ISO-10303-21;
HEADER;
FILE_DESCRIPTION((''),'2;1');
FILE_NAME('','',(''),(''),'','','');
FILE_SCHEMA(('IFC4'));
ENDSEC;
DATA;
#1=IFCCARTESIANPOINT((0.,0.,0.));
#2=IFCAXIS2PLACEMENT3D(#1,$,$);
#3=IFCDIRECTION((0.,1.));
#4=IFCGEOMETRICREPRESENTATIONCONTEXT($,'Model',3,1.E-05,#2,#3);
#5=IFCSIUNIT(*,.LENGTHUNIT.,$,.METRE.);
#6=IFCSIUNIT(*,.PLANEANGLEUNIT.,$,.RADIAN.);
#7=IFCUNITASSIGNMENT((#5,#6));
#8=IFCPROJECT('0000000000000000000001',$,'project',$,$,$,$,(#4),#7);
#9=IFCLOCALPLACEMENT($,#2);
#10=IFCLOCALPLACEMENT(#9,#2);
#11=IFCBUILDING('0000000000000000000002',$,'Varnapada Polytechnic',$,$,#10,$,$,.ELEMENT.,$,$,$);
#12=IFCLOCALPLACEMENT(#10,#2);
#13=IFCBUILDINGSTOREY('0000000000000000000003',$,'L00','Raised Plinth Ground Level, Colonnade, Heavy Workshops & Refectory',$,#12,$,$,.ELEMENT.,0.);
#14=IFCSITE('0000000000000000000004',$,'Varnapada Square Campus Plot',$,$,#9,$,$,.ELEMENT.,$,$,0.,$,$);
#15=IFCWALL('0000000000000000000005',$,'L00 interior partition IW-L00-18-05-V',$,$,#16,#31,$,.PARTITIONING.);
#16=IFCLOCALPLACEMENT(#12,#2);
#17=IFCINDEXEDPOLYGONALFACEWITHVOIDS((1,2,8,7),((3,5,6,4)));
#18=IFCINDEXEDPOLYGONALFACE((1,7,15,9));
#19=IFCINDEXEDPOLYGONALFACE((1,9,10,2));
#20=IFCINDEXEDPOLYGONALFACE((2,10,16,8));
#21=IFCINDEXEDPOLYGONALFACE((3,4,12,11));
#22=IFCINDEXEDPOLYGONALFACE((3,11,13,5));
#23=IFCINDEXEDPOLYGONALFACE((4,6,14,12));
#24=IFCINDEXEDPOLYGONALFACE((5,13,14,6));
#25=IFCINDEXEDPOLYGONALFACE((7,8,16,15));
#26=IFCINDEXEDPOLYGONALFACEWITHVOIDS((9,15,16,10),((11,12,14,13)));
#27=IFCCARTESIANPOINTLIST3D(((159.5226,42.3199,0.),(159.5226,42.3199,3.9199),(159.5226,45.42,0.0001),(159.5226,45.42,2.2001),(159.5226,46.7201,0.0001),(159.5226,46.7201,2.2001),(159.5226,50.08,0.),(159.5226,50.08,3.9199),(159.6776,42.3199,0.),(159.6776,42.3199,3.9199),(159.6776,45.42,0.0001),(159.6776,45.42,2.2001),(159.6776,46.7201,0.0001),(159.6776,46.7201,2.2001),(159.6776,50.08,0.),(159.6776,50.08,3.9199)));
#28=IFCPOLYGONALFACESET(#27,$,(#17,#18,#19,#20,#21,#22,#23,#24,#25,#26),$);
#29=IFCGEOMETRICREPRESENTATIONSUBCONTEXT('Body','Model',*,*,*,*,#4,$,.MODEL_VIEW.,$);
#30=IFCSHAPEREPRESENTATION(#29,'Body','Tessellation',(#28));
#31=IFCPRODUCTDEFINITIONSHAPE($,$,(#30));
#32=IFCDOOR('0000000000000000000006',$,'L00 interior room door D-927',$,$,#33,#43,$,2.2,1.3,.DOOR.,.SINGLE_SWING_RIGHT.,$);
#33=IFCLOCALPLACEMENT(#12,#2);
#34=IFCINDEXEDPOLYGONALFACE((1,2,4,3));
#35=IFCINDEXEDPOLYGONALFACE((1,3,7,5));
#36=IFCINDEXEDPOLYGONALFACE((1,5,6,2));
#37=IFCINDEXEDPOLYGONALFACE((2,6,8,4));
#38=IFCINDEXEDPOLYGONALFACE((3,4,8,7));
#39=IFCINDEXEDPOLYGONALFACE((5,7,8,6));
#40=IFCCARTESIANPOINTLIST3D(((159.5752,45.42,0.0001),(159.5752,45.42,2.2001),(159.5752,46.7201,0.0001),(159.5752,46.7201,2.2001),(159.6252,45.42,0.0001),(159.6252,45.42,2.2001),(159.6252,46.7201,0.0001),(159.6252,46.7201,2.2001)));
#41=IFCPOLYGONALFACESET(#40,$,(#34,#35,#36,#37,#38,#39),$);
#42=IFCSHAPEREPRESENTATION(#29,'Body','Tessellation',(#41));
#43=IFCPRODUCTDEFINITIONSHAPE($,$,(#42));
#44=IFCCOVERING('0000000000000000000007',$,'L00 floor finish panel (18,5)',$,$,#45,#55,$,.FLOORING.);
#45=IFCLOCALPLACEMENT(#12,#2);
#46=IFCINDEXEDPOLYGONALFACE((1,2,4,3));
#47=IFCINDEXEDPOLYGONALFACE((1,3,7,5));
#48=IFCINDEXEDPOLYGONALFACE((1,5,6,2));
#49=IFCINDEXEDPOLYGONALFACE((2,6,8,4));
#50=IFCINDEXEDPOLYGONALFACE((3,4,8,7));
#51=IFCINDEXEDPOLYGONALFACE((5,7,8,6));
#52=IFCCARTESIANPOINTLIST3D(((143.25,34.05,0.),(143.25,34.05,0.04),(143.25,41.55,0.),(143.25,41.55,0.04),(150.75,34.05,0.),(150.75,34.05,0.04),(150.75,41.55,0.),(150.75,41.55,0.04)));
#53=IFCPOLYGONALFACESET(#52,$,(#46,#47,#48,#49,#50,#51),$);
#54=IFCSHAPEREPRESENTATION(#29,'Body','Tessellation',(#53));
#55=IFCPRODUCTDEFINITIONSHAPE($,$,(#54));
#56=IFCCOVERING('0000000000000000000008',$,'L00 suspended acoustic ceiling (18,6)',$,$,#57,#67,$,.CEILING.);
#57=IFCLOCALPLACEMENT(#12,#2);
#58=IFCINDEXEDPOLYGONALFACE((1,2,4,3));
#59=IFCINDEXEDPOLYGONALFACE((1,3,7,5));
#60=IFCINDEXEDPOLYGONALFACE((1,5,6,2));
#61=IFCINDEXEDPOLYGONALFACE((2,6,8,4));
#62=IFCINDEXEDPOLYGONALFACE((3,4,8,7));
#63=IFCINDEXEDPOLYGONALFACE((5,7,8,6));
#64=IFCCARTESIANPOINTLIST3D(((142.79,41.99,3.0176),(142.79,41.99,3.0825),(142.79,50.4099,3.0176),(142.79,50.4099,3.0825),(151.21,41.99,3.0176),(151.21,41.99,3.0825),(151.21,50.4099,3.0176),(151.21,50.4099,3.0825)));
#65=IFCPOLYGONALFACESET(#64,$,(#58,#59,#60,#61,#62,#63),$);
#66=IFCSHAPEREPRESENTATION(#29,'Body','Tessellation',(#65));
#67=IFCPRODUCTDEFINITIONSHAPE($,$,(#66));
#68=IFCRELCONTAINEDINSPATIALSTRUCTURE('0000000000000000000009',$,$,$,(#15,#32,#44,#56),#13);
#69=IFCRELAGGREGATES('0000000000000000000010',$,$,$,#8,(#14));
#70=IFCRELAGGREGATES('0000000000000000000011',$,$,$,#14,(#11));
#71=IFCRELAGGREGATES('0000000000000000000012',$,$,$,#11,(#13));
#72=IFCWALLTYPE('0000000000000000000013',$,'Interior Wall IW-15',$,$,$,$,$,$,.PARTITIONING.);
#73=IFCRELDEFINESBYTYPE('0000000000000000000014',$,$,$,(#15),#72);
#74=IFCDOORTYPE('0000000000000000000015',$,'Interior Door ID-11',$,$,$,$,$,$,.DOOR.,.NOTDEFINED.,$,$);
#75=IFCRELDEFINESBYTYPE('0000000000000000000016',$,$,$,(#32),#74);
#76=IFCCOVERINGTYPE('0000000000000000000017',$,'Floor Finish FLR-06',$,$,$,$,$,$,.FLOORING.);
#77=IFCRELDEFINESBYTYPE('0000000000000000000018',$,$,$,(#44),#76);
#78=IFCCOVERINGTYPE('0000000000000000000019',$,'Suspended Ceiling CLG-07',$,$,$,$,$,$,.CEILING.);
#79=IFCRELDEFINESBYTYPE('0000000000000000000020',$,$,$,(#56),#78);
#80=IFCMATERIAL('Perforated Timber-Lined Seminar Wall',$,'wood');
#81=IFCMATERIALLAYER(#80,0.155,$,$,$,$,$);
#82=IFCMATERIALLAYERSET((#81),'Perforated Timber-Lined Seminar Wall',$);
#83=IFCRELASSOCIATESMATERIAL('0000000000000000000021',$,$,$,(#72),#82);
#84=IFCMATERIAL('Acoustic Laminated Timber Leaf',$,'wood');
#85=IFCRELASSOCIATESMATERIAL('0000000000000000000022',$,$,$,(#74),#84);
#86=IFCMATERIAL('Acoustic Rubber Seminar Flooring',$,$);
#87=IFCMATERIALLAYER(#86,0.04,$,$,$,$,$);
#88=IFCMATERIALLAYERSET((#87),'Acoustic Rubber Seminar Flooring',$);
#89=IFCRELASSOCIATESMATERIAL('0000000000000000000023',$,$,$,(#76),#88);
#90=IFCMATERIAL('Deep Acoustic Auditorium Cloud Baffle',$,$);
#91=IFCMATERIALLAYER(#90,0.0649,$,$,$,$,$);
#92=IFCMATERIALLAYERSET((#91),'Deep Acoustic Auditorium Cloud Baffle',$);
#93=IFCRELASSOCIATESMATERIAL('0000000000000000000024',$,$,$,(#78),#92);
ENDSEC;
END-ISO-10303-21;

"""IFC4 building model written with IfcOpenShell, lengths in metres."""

from ifc_helpers import new_model, si_unit, direction, frame, frame_2d, origin, origin_2d, place, context, subcontext, project, spatial, rectangle, extrude, material, layer, layer_set, type_object, element, fill, save


model = new_model("IFC4")

# Units and contexts
model_context = context("Model", 3, precision=1e-05, world=origin(), true_north=direction((0.0, 1.0)))
body_context = subcontext(model_context, "Body", "Model", "MODEL_VIEW")
ifc_project = project(units=[si_unit("LENGTHUNIT", "METRE"), si_unit("PLANEANGLEUNIT", "RADIAN")], contexts=[model_context])

# Site, building, storey
site_placement = place(None, origin())
site = spatial("IfcSite", under=ifc_project, at=site_placement, Name="Varnapada Square Campus Plot", CompositionType="ELEMENT", RefElevation=0.0)
building_placement = place(site_placement, origin())
building = spatial("IfcBuilding", under=site, at=building_placement, Name="Varnapada Polytechnic", CompositionType="ELEMENT")
storey_placement = place(building_placement, origin())
storey = spatial("IfcBuildingStorey", under=building, at=storey_placement, Name="L00", Description="Raised Plinth Ground Level, Colonnade, Heavy Workshops & Refectory", CompositionType="ELEMENT", Elevation=0.0)

# Wall, opening, door
ifc_material_1 = material(Name="Perforated Timber-Lined Seminar Wall", Category="wood")
ifc_layer_1 = layer(ifc_material_1, 0.155)
ifc_layer_set_1 = layer_set([ifc_layer_1], Name="Perforated Timber-Lined Seminar Wall")
wall_type_1 = type_object("IfcWallType", Name="Interior Wall IW-15", PredefinedType="PARTITIONING", material=ifc_layer_set_1)
wall_1_placement = place(storey_placement, frame((159.6001, 42.3201, 0.0), z_axis=(0.0, 0.0, 1.0), x_axis=(0.0, 1.0, 0.0)))
wall_1 = element("IfcWall", 1, at=wall_1_placement, inside=storey, type_object=wall_type_1, Name="L00 interior partition IW-L00-18-05-V", PredefinedType="PARTITIONING", context=body_context, shape_type="SweptSolid", body=[
    extrude(rectangle(XDim=7.76, YDim=0.155, at=frame_2d((3.8799, 0.0))), origin(), (0.0, 0.0, 1.0), 3.9199),
])
opening_1_placement = place(wall_1_placement, frame((3.1001, 0.0, 0.0)))
opening_1 = element("IfcOpeningElement", 2, at=opening_1_placement, cuts=wall_1, PredefinedType="OPENING", context=body_context, shape_type="SweptSolid", body=[
    extrude(rectangle(XDim=1.3, YDim=2.2, at=frame_2d((0.6499, 1.1001))), frame((0.0, 0.0874, 0.0), z_axis=(0.0, -1.0, 0.0), x_axis=(1.0, 0.0, 0.0)), (0.0, 0.0, 1.0), 0.175),
])
ifc_material_2 = material(Name="Acoustic Laminated Timber Leaf", Category="wood")
door_type_1 = type_object("IfcDoorType", Name="Interior Door ID-11", OperationType="NOTDEFINED", PredefinedType="DOOR", material=ifc_material_2)
door_1_placement = place(opening_1_placement, origin())
door_1 = element("IfcDoor", 3, at=door_1_placement, inside=storey, type_object=door_type_1, Name="L00 interior room door D-927", OperationType="SINGLE_SWING_RIGHT", OverallHeight=2.2, OverallWidth=1.3, PredefinedType="DOOR", context=body_context, shape_type="SweptSolid", body=[
    extrude(rectangle(XDim=1.3, YDim=2.2, at=frame_2d((0.6499, 1.1001))), frame((0.0, 0.0249, 0.0), z_axis=(0.0, -1.0, 0.0), x_axis=(1.0, 0.0, 0.0)), (0.0, 0.0, 1.0), 0.05),
])
fill(opening_1, door_1)

# Coverings
ifc_material_3 = material(Name="Acoustic Rubber Seminar Flooring")
ifc_layer_2 = layer(ifc_material_3, 0.04)
ifc_layer_set_2 = layer_set([ifc_layer_2], Name="Acoustic Rubber Seminar Flooring")
covering_type_1 = type_object("IfcCoveringType", Name="Floor Finish FLR-06", PredefinedType="FLOORING", material=ifc_layer_set_2)
covering_1_placement = place(storey_placement, frame((147.0, 37.8, 0.0), z_axis=(0.0, 0.0, 1.0), x_axis=(1.0, 0.0, 0.0)))
element("IfcCovering", 4, at=covering_1_placement, inside=storey, type_object=covering_type_1, Name="L00 floor finish panel (18,5)", PredefinedType="FLOORING", context=body_context, shape_type="SweptSolid", body=[
    extrude(rectangle(XDim=7.5, YDim=7.5, at=origin_2d()), origin(), (0.0, 0.0, 1.0), 0.04),
])
ifc_material_4 = material(Name="Deep Acoustic Auditorium Cloud Baffle")
ifc_layer_3 = layer(ifc_material_4, 0.0649)
ifc_layer_set_3 = layer_set([ifc_layer_3], Name="Deep Acoustic Auditorium Cloud Baffle")
covering_type_2 = type_object("IfcCoveringType", Name="Suspended Ceiling CLG-07", PredefinedType="CEILING", material=ifc_layer_set_3)
covering_2_placement = place(storey_placement, frame((147.0, 46.2, 3.0176), z_axis=(0.0, 0.0, 1.0), x_axis=(1.0, 0.0, 0.0)))
element("IfcCovering", 5, at=covering_2_placement, inside=storey, type_object=covering_type_2, Name="L00 suspended acoustic ceiling (18,6)", PredefinedType="CEILING", context=body_context, shape_type="SweptSolid", body=[
    extrude(rectangle(XDim=8.4199, YDim=8.4199, at=origin_2d()), origin(), (0.0, 0.0, 1.0), 0.0649),
])

save(model, "model.ifc")
